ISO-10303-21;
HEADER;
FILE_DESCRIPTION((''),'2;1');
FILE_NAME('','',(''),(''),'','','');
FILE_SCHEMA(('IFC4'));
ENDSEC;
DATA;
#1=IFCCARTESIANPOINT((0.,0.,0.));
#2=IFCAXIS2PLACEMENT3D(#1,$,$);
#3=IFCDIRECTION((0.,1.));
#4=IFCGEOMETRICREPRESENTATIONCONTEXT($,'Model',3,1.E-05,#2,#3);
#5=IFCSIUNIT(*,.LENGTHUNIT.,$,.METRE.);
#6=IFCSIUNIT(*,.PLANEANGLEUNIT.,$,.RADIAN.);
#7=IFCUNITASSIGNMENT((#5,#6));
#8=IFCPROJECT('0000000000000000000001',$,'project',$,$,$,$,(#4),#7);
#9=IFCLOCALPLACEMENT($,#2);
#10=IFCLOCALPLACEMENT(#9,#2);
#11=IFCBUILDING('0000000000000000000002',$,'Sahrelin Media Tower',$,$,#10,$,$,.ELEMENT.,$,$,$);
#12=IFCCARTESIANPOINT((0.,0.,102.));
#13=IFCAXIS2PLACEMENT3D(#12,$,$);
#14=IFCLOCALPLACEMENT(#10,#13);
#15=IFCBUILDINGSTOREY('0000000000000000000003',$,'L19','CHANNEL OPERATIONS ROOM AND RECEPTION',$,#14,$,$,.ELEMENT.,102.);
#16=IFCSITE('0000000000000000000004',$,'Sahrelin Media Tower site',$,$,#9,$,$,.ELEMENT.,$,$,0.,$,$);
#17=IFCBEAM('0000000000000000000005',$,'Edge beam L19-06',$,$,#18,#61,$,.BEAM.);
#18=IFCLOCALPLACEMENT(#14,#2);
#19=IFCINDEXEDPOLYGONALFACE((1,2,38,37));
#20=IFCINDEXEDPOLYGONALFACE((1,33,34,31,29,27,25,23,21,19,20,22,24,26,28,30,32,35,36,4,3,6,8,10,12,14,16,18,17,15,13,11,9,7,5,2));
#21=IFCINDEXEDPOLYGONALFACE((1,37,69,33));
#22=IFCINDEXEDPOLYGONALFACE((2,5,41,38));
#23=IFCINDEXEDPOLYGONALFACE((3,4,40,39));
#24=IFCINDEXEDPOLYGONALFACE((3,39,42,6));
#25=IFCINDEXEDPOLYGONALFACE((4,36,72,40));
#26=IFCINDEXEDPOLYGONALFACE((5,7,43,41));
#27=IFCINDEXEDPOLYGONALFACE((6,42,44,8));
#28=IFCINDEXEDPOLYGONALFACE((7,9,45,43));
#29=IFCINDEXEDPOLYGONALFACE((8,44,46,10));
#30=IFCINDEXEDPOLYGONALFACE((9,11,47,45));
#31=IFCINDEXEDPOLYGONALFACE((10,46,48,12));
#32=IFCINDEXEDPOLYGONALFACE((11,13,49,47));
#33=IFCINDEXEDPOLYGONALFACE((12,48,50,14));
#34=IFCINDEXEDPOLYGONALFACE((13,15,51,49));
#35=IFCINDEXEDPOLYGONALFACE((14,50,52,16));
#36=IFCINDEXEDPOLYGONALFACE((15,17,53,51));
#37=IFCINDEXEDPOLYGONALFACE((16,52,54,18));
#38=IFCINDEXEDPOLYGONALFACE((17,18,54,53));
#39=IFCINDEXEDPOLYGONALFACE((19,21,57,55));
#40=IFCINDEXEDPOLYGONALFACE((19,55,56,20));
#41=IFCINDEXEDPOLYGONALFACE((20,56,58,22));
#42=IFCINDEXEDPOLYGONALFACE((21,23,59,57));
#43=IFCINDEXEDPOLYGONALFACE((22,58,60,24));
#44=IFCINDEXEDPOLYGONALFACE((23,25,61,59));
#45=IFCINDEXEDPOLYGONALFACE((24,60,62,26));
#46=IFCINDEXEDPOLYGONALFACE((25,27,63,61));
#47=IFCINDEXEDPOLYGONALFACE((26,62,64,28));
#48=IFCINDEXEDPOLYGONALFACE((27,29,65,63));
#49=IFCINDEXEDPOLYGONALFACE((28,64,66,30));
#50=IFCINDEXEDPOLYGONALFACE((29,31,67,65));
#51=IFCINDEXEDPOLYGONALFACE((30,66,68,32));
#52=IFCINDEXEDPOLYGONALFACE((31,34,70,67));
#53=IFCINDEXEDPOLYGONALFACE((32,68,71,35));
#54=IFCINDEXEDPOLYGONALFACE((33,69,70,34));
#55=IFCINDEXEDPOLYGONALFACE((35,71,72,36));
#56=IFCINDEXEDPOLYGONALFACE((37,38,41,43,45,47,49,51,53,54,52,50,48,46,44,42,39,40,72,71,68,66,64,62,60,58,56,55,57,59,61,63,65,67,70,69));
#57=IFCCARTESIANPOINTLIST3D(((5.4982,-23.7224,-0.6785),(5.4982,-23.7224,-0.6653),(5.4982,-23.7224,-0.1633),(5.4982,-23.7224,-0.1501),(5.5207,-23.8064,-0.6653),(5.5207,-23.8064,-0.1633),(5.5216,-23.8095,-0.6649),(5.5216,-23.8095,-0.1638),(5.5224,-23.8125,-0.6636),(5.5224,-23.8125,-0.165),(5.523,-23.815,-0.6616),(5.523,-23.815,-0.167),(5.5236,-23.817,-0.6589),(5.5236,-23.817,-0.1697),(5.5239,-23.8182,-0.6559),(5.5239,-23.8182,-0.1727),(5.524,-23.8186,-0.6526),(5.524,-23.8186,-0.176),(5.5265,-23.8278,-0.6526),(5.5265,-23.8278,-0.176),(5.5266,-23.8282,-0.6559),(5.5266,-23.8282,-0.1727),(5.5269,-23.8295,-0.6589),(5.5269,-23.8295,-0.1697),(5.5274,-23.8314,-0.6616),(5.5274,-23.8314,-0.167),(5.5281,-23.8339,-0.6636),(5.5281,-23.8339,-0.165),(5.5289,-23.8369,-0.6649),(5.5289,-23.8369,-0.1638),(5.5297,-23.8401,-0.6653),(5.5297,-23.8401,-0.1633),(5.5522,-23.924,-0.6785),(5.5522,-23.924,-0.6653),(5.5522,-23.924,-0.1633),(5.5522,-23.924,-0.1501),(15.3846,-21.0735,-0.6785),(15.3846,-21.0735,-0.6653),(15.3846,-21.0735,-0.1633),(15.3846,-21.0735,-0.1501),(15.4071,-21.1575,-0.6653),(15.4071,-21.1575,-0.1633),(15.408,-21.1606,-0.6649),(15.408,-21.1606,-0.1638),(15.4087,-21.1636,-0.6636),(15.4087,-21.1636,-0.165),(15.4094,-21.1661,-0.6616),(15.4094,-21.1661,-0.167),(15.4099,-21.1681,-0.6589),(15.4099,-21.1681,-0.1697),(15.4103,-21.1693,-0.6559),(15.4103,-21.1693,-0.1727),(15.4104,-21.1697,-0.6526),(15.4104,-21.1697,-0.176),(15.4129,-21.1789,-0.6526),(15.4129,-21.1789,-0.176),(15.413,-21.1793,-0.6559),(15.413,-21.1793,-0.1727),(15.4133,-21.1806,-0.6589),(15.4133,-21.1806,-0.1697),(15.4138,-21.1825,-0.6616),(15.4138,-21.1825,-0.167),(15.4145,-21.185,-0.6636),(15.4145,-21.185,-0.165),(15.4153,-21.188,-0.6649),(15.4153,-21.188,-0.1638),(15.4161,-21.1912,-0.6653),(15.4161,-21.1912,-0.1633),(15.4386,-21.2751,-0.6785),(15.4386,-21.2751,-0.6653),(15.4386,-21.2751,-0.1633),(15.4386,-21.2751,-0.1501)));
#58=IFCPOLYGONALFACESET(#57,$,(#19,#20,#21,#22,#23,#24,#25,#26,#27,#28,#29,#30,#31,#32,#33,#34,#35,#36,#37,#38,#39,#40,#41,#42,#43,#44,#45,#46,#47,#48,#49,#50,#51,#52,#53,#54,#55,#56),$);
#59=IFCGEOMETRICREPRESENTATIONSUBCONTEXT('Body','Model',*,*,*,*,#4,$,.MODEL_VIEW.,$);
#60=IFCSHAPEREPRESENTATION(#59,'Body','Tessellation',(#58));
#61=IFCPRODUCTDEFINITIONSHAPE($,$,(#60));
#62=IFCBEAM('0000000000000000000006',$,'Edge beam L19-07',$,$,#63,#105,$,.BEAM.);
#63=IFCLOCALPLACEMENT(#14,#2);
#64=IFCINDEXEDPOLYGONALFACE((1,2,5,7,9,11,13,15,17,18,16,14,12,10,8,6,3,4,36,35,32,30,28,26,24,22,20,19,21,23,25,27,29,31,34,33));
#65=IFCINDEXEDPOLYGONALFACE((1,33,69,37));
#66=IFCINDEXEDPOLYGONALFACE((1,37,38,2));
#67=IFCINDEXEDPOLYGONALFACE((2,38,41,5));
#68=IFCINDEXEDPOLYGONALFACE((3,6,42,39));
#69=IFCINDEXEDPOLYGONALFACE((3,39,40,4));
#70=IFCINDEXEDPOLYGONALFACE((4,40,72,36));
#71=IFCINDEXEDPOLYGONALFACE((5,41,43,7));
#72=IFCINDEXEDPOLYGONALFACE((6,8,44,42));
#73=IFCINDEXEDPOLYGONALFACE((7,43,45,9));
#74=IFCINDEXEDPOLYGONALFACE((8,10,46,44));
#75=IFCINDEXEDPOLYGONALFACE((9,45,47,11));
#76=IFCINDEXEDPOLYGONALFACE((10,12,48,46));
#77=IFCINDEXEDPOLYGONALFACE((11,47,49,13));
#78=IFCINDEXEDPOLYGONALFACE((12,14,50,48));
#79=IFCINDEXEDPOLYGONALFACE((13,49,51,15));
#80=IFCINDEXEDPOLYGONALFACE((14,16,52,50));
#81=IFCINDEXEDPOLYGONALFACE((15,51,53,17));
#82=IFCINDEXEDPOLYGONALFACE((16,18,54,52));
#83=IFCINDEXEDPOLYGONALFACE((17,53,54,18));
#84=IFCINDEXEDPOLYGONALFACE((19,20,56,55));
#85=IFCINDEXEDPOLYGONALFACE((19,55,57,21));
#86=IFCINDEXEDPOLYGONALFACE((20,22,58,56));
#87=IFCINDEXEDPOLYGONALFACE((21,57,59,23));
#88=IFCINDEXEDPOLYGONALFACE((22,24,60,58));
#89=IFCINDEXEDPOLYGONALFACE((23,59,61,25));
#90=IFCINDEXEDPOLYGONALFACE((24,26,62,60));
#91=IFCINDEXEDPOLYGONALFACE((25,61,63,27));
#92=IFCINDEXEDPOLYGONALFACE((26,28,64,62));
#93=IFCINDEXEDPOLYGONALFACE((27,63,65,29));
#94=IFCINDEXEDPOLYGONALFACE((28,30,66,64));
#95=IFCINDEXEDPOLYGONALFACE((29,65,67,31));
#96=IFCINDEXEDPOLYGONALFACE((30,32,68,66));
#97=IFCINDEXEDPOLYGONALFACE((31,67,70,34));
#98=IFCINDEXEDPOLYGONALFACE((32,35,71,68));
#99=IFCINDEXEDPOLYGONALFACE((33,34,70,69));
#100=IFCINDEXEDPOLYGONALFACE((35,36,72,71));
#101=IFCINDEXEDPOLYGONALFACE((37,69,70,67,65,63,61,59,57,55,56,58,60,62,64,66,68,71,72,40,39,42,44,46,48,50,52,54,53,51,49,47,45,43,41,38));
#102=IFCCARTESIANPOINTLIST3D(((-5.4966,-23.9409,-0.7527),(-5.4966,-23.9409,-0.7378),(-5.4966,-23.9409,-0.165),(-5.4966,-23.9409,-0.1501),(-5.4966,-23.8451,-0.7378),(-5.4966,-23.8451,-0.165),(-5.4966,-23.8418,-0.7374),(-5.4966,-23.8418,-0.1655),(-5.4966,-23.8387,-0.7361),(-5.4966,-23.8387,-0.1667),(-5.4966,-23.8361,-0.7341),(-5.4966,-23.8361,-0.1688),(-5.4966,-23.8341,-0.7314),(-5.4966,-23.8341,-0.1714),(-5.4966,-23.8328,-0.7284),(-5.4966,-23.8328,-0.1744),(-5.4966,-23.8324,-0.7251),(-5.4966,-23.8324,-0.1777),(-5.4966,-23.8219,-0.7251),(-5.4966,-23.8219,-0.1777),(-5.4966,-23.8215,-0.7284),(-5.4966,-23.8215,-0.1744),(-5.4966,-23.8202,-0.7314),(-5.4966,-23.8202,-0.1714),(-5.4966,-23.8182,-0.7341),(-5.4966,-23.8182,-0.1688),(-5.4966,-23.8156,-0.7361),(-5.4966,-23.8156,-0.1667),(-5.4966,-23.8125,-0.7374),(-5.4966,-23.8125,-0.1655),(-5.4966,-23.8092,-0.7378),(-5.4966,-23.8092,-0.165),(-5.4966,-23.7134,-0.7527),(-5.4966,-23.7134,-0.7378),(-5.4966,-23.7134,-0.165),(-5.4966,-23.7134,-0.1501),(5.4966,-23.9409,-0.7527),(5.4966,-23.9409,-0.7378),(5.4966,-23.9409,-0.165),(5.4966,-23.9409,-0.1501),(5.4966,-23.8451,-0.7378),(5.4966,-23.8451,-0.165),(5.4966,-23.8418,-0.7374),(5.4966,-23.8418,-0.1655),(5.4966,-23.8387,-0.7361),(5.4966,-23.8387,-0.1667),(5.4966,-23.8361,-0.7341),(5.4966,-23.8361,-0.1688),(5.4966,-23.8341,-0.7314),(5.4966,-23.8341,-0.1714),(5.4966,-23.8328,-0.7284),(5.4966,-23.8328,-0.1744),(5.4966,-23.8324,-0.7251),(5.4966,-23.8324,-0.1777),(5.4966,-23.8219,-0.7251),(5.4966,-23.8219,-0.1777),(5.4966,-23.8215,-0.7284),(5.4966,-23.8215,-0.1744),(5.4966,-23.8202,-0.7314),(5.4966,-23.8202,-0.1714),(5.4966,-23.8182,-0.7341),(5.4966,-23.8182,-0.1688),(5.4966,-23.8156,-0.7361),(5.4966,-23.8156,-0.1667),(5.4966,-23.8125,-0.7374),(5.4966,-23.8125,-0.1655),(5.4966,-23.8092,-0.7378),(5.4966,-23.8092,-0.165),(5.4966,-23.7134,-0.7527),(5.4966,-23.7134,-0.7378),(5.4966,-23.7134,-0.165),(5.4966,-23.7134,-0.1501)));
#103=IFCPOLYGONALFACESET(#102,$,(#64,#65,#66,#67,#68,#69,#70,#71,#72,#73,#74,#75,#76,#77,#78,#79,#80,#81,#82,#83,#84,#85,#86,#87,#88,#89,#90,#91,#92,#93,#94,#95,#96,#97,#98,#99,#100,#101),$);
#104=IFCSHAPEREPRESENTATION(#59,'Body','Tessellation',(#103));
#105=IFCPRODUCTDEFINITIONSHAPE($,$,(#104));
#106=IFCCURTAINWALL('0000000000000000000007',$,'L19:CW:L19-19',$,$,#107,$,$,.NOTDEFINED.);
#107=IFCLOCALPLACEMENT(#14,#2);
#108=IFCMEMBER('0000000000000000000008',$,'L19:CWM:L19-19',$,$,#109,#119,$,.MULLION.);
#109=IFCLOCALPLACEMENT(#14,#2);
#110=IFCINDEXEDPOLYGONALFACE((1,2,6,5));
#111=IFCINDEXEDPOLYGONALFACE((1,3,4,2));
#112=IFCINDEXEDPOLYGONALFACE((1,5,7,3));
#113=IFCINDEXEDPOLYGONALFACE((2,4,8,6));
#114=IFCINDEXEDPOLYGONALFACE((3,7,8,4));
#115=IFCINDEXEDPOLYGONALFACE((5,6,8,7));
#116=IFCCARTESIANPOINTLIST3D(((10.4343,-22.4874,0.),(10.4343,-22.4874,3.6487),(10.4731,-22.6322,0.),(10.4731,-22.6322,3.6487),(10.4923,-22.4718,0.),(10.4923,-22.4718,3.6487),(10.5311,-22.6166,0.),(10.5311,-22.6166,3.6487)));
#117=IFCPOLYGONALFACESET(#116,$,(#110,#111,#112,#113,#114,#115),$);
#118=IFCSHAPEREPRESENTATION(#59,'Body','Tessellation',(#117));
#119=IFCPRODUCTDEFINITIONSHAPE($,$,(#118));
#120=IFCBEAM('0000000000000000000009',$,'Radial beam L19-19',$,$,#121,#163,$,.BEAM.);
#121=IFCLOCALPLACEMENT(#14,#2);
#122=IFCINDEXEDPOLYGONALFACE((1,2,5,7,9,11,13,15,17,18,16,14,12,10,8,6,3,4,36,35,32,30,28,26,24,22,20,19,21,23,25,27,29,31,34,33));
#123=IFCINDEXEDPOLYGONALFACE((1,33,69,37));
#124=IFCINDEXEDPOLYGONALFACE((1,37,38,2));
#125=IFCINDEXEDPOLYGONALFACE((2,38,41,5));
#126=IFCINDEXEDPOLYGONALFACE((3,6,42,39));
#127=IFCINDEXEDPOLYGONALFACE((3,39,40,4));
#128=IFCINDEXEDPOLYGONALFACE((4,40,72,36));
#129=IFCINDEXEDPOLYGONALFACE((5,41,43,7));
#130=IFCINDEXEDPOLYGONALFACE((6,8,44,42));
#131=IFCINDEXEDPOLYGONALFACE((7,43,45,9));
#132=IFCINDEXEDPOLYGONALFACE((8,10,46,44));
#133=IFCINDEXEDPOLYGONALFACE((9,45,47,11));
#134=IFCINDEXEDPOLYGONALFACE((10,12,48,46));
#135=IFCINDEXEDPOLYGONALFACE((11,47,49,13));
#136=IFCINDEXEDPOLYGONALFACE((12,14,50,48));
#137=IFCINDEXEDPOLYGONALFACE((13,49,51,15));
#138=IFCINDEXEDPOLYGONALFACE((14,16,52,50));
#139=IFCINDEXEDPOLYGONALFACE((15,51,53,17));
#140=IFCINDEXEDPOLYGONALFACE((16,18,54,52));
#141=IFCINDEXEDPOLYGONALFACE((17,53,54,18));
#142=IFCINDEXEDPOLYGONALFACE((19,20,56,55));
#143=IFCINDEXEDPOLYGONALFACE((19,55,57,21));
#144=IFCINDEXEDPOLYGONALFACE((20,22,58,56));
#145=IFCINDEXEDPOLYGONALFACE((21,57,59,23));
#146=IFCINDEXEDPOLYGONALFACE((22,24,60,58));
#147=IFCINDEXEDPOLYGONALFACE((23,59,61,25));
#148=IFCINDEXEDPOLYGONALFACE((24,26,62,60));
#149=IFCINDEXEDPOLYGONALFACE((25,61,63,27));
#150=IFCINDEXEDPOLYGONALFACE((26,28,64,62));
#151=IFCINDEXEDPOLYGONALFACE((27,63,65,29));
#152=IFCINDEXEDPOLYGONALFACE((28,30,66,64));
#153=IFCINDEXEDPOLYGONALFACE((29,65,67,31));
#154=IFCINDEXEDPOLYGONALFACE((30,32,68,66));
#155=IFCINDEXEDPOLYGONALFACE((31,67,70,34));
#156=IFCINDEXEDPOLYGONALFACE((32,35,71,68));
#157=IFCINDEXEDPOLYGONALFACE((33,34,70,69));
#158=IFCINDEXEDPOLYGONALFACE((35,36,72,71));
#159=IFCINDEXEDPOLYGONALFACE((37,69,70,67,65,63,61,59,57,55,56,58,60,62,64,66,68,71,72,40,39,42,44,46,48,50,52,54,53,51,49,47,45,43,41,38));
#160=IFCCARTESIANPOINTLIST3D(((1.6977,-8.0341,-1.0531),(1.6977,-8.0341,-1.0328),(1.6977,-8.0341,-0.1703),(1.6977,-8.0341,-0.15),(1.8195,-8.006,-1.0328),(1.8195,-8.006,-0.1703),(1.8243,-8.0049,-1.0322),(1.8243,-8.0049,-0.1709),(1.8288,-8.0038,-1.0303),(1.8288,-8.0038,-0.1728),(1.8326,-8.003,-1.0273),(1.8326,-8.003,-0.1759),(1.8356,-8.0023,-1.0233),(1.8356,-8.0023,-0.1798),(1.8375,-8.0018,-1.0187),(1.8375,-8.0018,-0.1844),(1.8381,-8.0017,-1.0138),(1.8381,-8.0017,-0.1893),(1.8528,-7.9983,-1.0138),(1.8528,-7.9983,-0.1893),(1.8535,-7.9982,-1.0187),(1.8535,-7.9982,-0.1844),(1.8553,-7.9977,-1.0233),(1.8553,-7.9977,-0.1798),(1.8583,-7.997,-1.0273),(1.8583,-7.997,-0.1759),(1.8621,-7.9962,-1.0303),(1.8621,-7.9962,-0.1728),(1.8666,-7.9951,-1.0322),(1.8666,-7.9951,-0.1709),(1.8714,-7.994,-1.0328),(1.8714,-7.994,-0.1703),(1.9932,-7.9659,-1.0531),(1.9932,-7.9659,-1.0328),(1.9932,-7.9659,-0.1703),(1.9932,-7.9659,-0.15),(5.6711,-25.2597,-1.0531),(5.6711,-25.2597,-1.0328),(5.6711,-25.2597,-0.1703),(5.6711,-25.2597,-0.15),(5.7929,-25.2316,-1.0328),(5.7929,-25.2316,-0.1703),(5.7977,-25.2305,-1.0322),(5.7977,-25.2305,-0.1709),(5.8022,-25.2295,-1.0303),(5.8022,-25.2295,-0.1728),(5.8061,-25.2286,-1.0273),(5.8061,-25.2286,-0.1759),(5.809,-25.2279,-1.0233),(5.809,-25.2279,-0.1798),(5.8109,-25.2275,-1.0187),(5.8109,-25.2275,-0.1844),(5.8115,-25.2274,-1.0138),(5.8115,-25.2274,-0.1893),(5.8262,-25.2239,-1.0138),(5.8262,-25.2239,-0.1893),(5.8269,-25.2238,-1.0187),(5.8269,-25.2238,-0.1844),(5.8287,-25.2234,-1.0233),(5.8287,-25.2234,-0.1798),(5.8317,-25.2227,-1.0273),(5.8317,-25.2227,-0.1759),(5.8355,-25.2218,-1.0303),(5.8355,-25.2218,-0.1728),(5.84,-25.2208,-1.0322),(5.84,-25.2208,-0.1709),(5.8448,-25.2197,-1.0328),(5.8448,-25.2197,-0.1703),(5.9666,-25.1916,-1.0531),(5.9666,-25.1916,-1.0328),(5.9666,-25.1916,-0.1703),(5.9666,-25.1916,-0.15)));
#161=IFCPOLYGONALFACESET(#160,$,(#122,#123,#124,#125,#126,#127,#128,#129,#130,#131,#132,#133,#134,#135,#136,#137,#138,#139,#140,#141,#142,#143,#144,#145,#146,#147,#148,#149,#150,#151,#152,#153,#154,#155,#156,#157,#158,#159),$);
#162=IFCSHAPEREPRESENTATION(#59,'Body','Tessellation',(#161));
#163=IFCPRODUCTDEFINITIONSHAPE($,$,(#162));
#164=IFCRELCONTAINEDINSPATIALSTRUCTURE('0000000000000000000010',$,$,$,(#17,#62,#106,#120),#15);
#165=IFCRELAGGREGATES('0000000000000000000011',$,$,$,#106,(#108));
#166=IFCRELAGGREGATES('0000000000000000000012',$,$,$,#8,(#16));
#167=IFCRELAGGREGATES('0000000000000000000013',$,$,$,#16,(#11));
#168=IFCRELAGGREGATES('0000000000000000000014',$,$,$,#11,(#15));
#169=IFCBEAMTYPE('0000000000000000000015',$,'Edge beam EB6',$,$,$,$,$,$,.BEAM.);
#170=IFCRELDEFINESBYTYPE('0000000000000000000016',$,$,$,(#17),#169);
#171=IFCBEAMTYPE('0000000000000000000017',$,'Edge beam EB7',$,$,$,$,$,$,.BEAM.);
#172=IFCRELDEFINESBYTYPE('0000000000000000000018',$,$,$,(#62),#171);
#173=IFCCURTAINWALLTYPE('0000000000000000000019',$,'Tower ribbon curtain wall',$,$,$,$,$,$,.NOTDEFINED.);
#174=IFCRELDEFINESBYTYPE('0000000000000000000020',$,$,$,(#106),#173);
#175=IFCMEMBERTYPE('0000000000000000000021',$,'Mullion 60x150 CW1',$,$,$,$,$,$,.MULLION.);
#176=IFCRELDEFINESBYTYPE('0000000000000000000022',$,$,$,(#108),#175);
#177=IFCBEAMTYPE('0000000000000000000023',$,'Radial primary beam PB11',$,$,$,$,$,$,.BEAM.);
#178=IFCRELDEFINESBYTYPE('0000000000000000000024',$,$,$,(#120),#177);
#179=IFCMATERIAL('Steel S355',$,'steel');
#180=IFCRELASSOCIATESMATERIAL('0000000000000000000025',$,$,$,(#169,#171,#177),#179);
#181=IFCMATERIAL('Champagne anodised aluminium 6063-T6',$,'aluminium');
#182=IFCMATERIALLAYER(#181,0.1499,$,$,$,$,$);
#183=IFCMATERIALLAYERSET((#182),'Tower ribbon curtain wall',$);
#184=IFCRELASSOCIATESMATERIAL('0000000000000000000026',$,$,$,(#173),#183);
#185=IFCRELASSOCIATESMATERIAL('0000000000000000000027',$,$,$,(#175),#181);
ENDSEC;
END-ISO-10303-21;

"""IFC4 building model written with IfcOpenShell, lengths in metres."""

from ifc_helpers import new_model, si_unit, direction, frame, origin, origin_2d, place, context, subcontext, project, spatial, rectangle, i_section, extrude, material, layer, layer_set, material_profile, profile_set, type_object, element, aggregate, save


model = new_model("IFC4")

# Units and contexts
model_context = context("Model", 3, precision=1e-05, world=origin(), true_north=direction((0.0, 1.0)))
body_context = subcontext(model_context, "Body", "Model", "MODEL_VIEW")
ifc_project = project(units=[si_unit("LENGTHUNIT", "METRE"), si_unit("PLANEANGLEUNIT", "RADIAN")], contexts=[model_context])

# Site, building, storey
site_placement = place(None, origin())
site = spatial("IfcSite", under=ifc_project, at=site_placement, Name="Sahrelin Media Tower site", CompositionType="ELEMENT", RefElevation=0.0)
building_placement = place(site_placement, origin())
building = spatial("IfcBuilding", under=site, at=building_placement, Name="Sahrelin Media Tower", CompositionType="ELEMENT")
storey_placement = place(building_placement, frame((0.0, 0.0, 102.0)))
storey = spatial("IfcBuildingStorey", under=building, at=storey_placement, Name="L19", Description="CHANNEL OPERATIONS ROOM AND RECEPTION", CompositionType="ELEMENT", Elevation=102.0)

# Beams
ifc_material_1 = material(Name="Steel S355", Category="steel")
ifc_material_profile_1 = material_profile(ifc_material_1, i_section(OverallWidth=0.2087, OverallDepth=0.5283, WebThickness=0.0095, FlangeThickness=0.0132, FilletRadius=0.0127, at=origin_2d()), Name="UB 533x210x82")
ifc_profile_set_1 = profile_set([ifc_material_profile_1], Name="Steel S355")
beam_type_1 = type_object("IfcBeamType", Name="Edge beam EB6", PredefinedType="BEAM", material=ifc_profile_set_1)
beam_1_placement = place(storey_placement, frame((15.4116, -21.1743, -0.4143), z_axis=(-0.965929, -0.258806, 0.0), x_axis=(0.258806, -0.965929, 0.0)))
element("IfcBeam", 1, at=beam_1_placement, inside=storey, type_object=beam_type_1, Name="Edge beam L19-06", PredefinedType="BEAM", context=body_context, shape_type="SweptSolid", body=[
    extrude(i_section(OverallWidth=0.2087, OverallDepth=0.5283, WebThickness=0.0095, FlangeThickness=0.0132, FilletRadius=0.0127, at=origin_2d()), origin(), (0.0, 0.0, 1.0), 10.2351),
])
ifc_material_profile_2 = material_profile(ifc_material_1, i_section(OverallWidth=0.2275, OverallDepth=0.6025, WebThickness=0.0105, FlangeThickness=0.0149, FilletRadius=0.0127, at=origin_2d()), Name="UB 610x229x101")
ifc_profile_set_2 = profile_set([ifc_material_profile_2], Name="Steel S355")
beam_type_2 = type_object("IfcBeamType", Name="Edge beam EB7", PredefinedType="BEAM", material=ifc_profile_set_2)
beam_2_placement = place(storey_placement, frame((5.4966, -23.8271, -0.4514), z_axis=(-1.0, 0.0, 0.0), x_axis=(0.0, -1.0, 0.0)))
element("IfcBeam", 2, at=beam_2_placement, inside=storey, type_object=beam_type_2, Name="Edge beam L19-07", PredefinedType="BEAM", context=body_context, shape_type="SweptSolid", body=[
    extrude(i_section(OverallWidth=0.2275, OverallDepth=0.6025, WebThickness=0.0105, FlangeThickness=0.0149, FilletRadius=0.0127, at=origin_2d()), origin(), (0.0, 0.0, 1.0), 10.9932),
])

# Curtain wall, member
ifc_material_2 = material(Name="Champagne anodised aluminium 6063-T6", Category="aluminium")
ifc_layer_1 = layer(ifc_material_2, 0.1499)
ifc_layer_set_1 = layer_set([ifc_layer_1], Name="Tower ribbon curtain wall")
curtain_wall_type = type_object("IfcCurtainWallType", Name="Tower ribbon curtain wall", PredefinedType="NOTDEFINED", material=ifc_layer_set_1)
curtain_wall_placement = place(storey_placement, frame((10.5073, -22.6438, 0.0), z_axis=(0.0, 0.0, 1.0), x_axis=(1.0, 0.0, 0.0)))
curtain_wall = element("IfcCurtainWall", 3, at=curtain_wall_placement, inside=storey, type_object=curtain_wall_type, Name="L19:CW:L19-19", PredefinedType="NOTDEFINED")
ifc_material_profile_3 = material_profile(ifc_material_2, rectangle(XDim=0.0601, YDim=0.1499, at=origin_2d()), Name="Mullion 60x150")
ifc_profile_set_3 = profile_set([ifc_material_profile_3], Name="Champagne anodised aluminium 6063-T6")
member_type_1 = type_object("IfcMemberType", Name="Mullion 60x150 CW1", PredefinedType="MULLION", material=ifc_profile_set_3)
member_1_placement = place(storey_placement, frame((10.4827, -22.552, 0.0), z_axis=(0.0, 0.0, 1.0), x_axis=(0.965926, 0.258817, 0.0)))
member_1 = element("IfcMember", 4, at=member_1_placement, type_object=member_type_1, Name="L19:CWM:L19-19", PredefinedType="MULLION", context=body_context, shape_type="SweptSolid", body=[
    extrude(rectangle(XDim=0.0601, YDim=0.1499, at=origin_2d()), origin(), (0.0, 0.0, 1.0), 3.6487),
])

# Beam
ifc_material_profile_4 = material_profile(ifc_material_1, i_section(OverallWidth=0.3032, OverallDepth=0.9031, WebThickness=0.0151, FlangeThickness=0.0203, FilletRadius=0.019, at=origin_2d()), Name="UB 914x305x201")
ifc_profile_set_4 = profile_set([ifc_material_profile_4], Name="Steel S355")
beam_type_3 = type_object("IfcBeamType", Name="Radial primary beam PB11", PredefinedType="BEAM", material=ifc_profile_set_4)
beam_3_placement = place(storey_placement, frame((1.8455, -8.0, -0.6016), z_axis=(0.224766, -0.974413, 0.0), x_axis=(0.974413, 0.224766, 0.0)))
element("IfcBeam", 5, at=beam_3_placement, inside=storey, type_object=beam_type_3, Name="Radial beam L19-19", PredefinedType="BEAM", context=body_context, shape_type="SweptSolid", body=[
    extrude(i_section(OverallWidth=0.3032, OverallDepth=0.9031, WebThickness=0.0151, FlangeThickness=0.0203, FilletRadius=0.019, at=origin_2d()), origin(), (0.0, 0.0, 1.0), 17.678),
])

aggregate(curtain_wall, [member_1])

save(model, "model.ifc")
